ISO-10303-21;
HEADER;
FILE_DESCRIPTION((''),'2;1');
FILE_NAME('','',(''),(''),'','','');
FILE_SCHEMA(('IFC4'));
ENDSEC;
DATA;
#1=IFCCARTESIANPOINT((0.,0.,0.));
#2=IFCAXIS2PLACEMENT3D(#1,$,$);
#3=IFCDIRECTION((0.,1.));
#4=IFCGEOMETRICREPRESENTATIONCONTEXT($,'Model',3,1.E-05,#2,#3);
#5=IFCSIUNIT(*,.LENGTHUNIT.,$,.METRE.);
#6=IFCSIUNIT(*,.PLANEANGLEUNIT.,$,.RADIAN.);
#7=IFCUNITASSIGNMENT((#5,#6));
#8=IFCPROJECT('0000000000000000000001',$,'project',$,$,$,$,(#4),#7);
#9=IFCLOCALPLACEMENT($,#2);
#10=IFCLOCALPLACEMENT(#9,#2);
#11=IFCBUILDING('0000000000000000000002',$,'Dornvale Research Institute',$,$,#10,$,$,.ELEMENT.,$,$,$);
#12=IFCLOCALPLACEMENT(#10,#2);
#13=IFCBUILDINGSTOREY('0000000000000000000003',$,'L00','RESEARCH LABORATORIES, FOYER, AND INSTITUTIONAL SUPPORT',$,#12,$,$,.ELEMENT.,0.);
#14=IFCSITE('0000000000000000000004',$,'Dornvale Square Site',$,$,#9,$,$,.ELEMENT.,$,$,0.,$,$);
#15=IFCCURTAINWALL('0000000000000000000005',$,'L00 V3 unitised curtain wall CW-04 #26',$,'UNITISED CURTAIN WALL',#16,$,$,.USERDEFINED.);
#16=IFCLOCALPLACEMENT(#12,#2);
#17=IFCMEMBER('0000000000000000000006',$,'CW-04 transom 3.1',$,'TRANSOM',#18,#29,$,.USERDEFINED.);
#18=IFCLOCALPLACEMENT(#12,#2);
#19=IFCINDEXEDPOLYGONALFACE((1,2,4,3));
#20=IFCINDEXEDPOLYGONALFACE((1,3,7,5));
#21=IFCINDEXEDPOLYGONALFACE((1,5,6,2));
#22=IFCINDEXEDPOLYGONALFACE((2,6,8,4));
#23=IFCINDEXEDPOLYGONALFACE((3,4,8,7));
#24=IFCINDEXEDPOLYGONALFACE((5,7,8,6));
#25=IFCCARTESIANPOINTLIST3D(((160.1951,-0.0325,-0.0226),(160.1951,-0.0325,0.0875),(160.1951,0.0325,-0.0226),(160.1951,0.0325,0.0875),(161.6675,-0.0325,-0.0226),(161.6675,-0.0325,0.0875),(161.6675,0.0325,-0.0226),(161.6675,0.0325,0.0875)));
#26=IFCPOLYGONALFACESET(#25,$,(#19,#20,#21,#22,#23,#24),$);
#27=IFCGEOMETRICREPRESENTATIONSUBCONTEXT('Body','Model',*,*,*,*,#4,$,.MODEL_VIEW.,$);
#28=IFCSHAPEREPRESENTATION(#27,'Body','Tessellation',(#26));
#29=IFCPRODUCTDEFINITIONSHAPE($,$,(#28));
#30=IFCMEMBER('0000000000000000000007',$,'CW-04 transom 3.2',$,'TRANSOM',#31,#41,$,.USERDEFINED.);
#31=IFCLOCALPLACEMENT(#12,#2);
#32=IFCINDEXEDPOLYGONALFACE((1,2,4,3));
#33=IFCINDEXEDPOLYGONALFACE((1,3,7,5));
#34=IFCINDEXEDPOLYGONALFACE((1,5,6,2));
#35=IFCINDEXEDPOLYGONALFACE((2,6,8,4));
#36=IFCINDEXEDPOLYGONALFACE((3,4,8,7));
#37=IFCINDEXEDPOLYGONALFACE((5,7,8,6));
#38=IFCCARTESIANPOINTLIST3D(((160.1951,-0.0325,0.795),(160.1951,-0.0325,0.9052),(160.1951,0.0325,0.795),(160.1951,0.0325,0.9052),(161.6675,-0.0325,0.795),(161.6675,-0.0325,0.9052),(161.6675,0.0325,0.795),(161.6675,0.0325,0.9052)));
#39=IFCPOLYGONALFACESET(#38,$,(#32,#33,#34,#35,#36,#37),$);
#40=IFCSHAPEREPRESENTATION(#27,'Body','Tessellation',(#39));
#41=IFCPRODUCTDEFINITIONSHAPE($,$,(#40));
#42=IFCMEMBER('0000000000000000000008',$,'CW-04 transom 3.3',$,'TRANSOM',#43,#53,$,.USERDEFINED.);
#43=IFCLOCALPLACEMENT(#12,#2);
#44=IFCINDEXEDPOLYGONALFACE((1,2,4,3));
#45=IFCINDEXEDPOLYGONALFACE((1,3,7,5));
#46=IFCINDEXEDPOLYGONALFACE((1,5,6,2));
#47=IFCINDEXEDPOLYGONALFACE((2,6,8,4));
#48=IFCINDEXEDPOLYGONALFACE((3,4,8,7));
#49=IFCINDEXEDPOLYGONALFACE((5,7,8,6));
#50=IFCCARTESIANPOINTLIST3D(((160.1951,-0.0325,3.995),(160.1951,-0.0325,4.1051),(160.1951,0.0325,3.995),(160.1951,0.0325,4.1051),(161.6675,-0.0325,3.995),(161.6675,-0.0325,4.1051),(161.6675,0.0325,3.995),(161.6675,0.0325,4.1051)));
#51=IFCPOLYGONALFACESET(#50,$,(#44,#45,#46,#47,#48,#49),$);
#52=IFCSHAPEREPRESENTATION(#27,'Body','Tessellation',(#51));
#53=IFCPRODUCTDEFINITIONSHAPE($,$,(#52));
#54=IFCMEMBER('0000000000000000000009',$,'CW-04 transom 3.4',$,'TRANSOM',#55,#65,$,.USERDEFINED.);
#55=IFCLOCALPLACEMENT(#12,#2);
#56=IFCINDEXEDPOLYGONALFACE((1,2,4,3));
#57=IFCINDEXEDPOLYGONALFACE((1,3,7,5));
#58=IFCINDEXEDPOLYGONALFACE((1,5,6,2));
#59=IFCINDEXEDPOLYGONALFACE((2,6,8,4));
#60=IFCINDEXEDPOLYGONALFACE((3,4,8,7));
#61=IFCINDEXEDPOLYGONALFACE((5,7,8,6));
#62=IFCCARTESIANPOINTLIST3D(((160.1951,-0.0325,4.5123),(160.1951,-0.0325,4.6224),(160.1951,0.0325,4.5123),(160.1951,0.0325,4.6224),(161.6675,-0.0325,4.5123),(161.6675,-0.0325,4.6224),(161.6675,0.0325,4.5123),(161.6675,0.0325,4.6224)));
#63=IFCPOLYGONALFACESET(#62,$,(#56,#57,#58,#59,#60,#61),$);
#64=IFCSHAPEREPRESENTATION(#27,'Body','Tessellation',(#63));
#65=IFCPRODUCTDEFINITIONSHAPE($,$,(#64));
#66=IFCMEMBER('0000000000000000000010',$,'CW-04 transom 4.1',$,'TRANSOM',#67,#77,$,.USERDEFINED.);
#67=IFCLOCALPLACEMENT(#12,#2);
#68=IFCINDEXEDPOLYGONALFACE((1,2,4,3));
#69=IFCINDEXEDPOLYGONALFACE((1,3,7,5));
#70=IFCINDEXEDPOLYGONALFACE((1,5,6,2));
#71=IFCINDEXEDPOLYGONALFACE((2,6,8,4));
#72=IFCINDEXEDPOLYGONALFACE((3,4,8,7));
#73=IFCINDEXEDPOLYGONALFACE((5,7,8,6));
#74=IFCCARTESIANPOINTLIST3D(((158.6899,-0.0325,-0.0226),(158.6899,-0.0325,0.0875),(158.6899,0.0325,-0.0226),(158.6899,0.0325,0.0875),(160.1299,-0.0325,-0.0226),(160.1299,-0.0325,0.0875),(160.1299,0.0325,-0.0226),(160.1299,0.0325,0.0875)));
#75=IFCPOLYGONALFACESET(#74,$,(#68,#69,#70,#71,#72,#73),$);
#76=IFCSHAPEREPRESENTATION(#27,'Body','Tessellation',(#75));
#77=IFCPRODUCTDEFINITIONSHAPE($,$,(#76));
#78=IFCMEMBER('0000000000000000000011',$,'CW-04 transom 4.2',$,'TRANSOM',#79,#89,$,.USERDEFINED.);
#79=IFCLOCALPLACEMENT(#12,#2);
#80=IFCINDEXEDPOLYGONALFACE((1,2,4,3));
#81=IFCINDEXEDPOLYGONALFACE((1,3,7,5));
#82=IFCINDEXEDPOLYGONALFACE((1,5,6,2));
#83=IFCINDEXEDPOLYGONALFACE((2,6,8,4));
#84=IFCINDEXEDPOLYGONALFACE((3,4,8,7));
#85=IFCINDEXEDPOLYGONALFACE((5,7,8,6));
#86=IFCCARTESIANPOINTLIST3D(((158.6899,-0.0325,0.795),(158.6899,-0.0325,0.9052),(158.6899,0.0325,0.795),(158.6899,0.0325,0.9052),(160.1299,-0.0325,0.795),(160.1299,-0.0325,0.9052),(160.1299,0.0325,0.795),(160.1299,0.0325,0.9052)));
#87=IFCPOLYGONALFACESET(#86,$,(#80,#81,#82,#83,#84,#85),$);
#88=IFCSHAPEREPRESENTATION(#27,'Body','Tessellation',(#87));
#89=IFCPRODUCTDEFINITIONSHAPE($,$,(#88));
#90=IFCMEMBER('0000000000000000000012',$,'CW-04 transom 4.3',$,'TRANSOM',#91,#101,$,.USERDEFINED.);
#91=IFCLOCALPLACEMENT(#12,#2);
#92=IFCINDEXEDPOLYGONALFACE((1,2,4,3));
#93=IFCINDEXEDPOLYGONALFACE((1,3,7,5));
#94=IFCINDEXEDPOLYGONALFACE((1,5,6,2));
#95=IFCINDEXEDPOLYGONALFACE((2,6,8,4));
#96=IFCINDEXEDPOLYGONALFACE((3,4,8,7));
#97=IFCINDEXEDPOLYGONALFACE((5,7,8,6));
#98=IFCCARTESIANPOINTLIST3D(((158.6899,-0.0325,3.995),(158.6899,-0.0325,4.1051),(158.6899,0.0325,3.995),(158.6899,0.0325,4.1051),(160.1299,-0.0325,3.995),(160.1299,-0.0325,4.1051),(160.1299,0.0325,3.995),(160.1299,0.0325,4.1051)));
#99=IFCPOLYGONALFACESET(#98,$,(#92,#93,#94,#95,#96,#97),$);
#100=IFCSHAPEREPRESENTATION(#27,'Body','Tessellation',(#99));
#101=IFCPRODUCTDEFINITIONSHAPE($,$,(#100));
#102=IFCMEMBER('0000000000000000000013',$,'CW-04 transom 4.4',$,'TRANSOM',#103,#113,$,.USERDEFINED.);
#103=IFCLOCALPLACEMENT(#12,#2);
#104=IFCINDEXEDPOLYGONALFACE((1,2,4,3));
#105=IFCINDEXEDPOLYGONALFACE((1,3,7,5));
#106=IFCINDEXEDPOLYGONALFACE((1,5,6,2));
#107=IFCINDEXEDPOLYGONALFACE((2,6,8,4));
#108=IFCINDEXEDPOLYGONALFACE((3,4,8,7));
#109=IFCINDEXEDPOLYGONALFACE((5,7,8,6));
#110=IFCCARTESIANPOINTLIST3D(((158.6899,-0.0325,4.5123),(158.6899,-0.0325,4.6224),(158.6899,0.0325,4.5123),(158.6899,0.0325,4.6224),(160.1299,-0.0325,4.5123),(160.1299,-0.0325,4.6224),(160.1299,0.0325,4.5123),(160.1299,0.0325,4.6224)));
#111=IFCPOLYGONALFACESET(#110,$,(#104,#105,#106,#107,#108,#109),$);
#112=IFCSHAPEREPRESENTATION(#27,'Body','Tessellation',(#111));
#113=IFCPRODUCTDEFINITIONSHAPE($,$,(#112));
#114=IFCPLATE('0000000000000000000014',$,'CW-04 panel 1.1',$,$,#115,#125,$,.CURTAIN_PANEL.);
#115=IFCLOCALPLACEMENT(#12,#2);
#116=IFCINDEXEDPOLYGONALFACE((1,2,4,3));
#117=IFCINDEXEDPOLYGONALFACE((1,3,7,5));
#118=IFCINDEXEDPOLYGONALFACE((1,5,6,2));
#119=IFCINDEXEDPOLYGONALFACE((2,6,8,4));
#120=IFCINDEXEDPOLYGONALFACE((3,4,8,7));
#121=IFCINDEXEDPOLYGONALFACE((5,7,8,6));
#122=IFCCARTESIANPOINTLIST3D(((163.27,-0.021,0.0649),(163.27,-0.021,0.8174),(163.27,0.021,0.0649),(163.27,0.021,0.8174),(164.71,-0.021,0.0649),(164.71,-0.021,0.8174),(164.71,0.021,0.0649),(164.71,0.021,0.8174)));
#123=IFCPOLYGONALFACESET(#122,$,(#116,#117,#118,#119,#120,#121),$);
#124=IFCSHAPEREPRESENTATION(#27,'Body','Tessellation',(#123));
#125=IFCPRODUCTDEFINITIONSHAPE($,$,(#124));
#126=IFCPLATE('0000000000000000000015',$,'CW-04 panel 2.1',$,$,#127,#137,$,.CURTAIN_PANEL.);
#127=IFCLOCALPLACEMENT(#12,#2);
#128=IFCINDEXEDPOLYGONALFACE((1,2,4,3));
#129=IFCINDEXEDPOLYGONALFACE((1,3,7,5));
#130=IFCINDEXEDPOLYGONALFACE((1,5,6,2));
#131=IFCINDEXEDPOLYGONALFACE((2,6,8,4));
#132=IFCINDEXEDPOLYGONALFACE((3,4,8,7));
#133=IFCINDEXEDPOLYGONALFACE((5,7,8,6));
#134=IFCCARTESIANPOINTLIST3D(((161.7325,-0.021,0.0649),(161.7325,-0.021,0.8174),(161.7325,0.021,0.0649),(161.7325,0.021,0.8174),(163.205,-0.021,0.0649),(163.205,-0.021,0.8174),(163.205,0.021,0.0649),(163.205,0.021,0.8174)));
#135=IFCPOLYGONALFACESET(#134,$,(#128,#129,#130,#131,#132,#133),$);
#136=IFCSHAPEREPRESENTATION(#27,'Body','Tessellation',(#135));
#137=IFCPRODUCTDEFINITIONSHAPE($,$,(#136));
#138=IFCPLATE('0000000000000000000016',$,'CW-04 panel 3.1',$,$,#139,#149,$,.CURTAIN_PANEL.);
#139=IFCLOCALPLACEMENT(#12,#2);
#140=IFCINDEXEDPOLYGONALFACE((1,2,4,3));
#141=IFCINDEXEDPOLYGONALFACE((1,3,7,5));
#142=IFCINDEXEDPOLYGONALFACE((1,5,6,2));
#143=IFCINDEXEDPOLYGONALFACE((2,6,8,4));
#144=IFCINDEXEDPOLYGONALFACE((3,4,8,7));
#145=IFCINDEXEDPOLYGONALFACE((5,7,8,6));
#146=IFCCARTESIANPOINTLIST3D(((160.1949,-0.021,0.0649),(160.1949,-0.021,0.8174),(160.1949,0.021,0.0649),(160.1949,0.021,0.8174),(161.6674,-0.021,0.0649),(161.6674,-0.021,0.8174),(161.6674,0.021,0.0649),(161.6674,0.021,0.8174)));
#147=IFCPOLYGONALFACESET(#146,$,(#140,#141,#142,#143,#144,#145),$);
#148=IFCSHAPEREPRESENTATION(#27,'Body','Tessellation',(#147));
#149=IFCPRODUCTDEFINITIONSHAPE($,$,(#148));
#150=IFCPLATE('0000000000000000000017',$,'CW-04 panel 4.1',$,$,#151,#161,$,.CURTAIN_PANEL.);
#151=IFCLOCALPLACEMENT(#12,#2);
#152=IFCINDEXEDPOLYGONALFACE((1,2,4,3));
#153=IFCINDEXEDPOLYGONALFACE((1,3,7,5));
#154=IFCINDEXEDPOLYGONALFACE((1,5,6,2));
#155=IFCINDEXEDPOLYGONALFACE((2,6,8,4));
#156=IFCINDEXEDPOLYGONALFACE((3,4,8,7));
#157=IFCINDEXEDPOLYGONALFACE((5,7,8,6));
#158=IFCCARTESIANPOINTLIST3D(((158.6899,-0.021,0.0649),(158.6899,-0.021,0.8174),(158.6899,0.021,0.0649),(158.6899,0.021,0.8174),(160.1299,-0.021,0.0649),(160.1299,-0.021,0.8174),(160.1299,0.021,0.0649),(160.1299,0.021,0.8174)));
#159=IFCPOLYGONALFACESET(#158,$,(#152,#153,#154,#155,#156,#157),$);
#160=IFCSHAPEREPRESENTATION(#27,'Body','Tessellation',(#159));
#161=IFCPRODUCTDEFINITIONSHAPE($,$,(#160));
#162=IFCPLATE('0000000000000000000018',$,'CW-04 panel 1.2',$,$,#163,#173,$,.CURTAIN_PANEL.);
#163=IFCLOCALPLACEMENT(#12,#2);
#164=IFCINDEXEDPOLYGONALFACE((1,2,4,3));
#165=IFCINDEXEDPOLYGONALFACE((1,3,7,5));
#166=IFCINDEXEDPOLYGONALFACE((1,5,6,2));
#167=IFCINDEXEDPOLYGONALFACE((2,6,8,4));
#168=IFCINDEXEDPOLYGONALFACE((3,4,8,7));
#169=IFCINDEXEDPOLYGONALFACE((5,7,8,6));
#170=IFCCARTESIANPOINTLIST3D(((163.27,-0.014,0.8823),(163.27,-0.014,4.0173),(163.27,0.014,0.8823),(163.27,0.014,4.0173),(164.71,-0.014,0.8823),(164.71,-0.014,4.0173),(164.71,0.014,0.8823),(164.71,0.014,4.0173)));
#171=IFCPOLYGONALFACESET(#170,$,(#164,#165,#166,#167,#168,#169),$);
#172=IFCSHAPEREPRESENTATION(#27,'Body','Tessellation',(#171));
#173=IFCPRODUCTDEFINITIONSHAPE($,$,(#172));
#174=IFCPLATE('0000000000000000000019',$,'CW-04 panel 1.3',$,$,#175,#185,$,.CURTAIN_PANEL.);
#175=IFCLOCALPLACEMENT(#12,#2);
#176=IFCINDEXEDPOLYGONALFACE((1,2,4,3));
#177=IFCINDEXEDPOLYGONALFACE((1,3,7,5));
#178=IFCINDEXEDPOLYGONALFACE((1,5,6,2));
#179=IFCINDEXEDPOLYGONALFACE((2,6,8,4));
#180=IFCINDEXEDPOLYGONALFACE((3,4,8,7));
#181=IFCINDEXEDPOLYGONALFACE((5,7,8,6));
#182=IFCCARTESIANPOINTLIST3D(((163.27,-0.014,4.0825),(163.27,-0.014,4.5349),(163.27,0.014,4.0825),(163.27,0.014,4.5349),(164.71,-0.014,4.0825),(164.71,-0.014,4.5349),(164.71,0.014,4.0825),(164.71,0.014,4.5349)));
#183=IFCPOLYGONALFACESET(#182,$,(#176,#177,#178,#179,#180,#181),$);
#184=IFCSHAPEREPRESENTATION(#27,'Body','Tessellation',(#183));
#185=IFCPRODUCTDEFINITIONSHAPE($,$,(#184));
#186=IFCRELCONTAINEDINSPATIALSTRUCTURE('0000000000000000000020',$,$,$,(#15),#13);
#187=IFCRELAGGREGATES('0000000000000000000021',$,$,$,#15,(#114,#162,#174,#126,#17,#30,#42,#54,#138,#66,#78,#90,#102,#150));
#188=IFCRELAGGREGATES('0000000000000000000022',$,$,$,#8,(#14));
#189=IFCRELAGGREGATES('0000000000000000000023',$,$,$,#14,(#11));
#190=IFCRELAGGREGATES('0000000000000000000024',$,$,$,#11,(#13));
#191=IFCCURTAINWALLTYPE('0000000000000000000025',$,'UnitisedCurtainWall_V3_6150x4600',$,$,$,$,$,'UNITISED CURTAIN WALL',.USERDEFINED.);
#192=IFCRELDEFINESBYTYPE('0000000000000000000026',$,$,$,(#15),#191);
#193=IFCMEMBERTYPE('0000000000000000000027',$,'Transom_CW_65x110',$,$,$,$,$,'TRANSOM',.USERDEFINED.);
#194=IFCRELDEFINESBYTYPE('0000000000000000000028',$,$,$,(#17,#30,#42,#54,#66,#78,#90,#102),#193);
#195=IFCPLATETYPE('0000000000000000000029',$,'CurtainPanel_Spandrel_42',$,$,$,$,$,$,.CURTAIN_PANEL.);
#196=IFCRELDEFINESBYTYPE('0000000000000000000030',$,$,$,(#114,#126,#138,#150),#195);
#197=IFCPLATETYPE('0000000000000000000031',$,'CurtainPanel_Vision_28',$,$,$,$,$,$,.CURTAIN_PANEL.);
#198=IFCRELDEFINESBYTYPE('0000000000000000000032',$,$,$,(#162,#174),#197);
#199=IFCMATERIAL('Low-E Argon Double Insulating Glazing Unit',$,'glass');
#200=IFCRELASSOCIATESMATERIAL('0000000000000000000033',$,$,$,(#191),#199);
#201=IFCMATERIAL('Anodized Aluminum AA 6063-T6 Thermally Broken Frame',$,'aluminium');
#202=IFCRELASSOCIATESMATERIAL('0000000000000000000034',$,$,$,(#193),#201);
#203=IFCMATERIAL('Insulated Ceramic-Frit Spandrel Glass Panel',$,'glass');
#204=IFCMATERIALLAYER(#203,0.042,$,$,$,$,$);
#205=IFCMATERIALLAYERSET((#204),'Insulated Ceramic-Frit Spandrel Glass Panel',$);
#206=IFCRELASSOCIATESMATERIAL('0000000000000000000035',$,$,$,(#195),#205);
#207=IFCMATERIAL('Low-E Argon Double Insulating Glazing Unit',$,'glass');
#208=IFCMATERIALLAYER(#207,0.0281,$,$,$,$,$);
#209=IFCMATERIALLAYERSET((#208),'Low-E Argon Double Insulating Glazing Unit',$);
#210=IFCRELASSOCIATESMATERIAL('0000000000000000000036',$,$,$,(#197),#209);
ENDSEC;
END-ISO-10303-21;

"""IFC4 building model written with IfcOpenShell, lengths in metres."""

from ifc_helpers import new_model, si_unit, direction, frame, origin, origin_2d, place, context, subcontext, project, spatial, rectangle, extrude, material, layer, layer_set, material_profile, profile_set, type_object, element, aggregate, save


model = new_model("IFC4")

# Units and contexts
model_context = context("Model", 3, precision=1e-05, world=origin(), true_north=direction((0.0, 1.0)))
body_context = subcontext(model_context, "Body", "Model", "MODEL_VIEW")
ifc_project = project(units=[si_unit("LENGTHUNIT", "METRE"), si_unit("PLANEANGLEUNIT", "RADIAN")], contexts=[model_context])

# Site, building, storey
site_placement = place(None, origin())
site = spatial("IfcSite", under=ifc_project, at=site_placement, Name="Dornvale Square Site", CompositionType="ELEMENT", RefElevation=0.0)
building_placement = place(site_placement, origin())
building = spatial("IfcBuilding", under=site, at=building_placement, Name="Dornvale Research Institute", CompositionType="ELEMENT")
storey_placement = place(building_placement, origin())
storey = spatial("IfcBuildingStorey", under=building, at=storey_placement, Name="L00", Description="RESEARCH LABORATORIES, FOYER, AND INSTITUTIONAL SUPPORT", CompositionType="ELEMENT", Elevation=0.0)

# Curtain wall, members, plates
ifc_material_1 = material(Name="Low-E Argon Double Insulating Glazing Unit", Category="glass")
curtain_wall_type = type_object("IfcCurtainWallType", Name="UnitisedCurtainWall_V3_6150x4600", ElementType="UNITISED CURTAIN WALL", PredefinedType="USERDEFINED", material=ifc_material_1)
curtain_wall_placement = place(storey_placement, origin())
curtain_wall = element("IfcCurtainWall", 1, at=curtain_wall_placement, inside=storey, type_object=curtain_wall_type, Name="L00 V3 unitised curtain wall CW-04 #26", ObjectType="UNITISED CURTAIN WALL", PredefinedType="USERDEFINED")
ifc_material_2 = material(Name="Anodized Aluminum AA 6063-T6 Thermally Broken Frame", Category="aluminium")
ifc_material_profile_1 = material_profile(ifc_material_2, rectangle(XDim=0.0649, YDim=0.1101, at=origin_2d()), Name="ALU TRANSOM 65x110")
ifc_profile_set_1 = profile_set([ifc_material_profile_1], Name="Anodized Aluminum AA 6063-T6 Thermally Broken Frame")
member_type_1 = type_object("IfcMemberType", Name="Transom_CW_65x110", ElementType="TRANSOM", PredefinedType="USERDEFINED", material=ifc_profile_set_1)
member_1_placement = place(storey_placement, frame((161.6675, 0.0, 0.0325), z_axis=(-1.0, 0.0, 0.0), x_axis=(0.0, -1.0, 0.0)))
member_1 = element("IfcMember", 2, at=member_1_placement, type_object=member_type_1, Name="CW-04 transom 3.1", ObjectType="TRANSOM", PredefinedType="USERDEFINED", context=body_context, shape_type="SweptSolid", body=[
    extrude(rectangle(XDim=0.0649, YDim=0.1101, at=origin_2d()), origin(), (0.0, 0.0, 1.0), 1.4724),
])
member_2_placement = place(storey_placement, frame((161.6675, 0.0, 0.8501), z_axis=(-1.0, 0.0, 0.0), x_axis=(0.0, -1.0, 0.0)))
member_2 = element("IfcMember", 3, at=member_2_placement, type_object=member_type_1, Name="CW-04 transom 3.2", ObjectType="TRANSOM", PredefinedType="USERDEFINED", context=body_context, shape_type="SweptSolid", body=[
    extrude(rectangle(XDim=0.0649, YDim=0.1101, at=origin_2d()), origin(), (0.0, 0.0, 1.0), 1.4724),
])
member_3_placement = place(storey_placement, frame((161.6675, 0.0, 4.05), z_axis=(-1.0, 0.0, 0.0), x_axis=(0.0, -1.0, 0.0)))
member_3 = element("IfcMember", 4, at=member_3_placement, type_object=member_type_1, Name="CW-04 transom 3.3", ObjectType="TRANSOM", PredefinedType="USERDEFINED", context=body_context, shape_type="SweptSolid", body=[
    extrude(rectangle(XDim=0.0649, YDim=0.1101, at=origin_2d()), origin(), (0.0, 0.0, 1.0), 1.4724),
])
member_4_placement = place(storey_placement, frame((161.6675, 0.0, 4.5674), z_axis=(-1.0, 0.0, 0.0), x_axis=(0.0, -1.0, 0.0)))
member_4 = element("IfcMember", 5, at=member_4_placement, type_object=member_type_1, Name="CW-04 transom 3.4", ObjectType="TRANSOM", PredefinedType="USERDEFINED", context=body_context, shape_type="SweptSolid", body=[
    extrude(rectangle(XDim=0.0649, YDim=0.1101, at=origin_2d()), origin(), (0.0, 0.0, 1.0), 1.4724),
])
member_5_placement = place(storey_placement, frame((160.1299, 0.0, 0.0325), z_axis=(-1.0, 0.0, 0.0), x_axis=(0.0, -1.0, 0.0)))
member_5 = element("IfcMember", 6, at=member_5_placement, type_object=member_type_1, Name="CW-04 transom 4.1", ObjectType="TRANSOM", PredefinedType="USERDEFINED", context=body_context, shape_type="SweptSolid", body=[
    extrude(rectangle(XDim=0.0649, YDim=0.1101, at=origin_2d()), origin(), (0.0, 0.0, 1.0), 1.4399),
])
member_6_placement = place(storey_placement, frame((160.1299, 0.0, 0.8501), z_axis=(-1.0, 0.0, 0.0), x_axis=(0.0, -1.0, 0.0)))
member_6 = element("IfcMember", 7, at=member_6_placement, type_object=member_type_1, Name="CW-04 transom 4.2", ObjectType="TRANSOM", PredefinedType="USERDEFINED", context=body_context, shape_type="SweptSolid", body=[
    extrude(rectangle(XDim=0.0649, YDim=0.1101, at=origin_2d()), origin(), (0.0, 0.0, 1.0), 1.4399),
])
member_7_placement = place(storey_placement, frame((160.1299, 0.0, 4.05), z_axis=(-1.0, 0.0, 0.0), x_axis=(0.0, -1.0, 0.0)))
member_7 = element("IfcMember", 8, at=member_7_placement, type_object=member_type_1, Name="CW-04 transom 4.3", ObjectType="TRANSOM", PredefinedType="USERDEFINED", context=body_context, shape_type="SweptSolid", body=[
    extrude(rectangle(XDim=0.0649, YDim=0.1101, at=origin_2d()), origin(), (0.0, 0.0, 1.0), 1.4399),
])
member_8_placement = place(storey_placement, frame((160.1299, 0.0, 4.5674), z_axis=(-1.0, 0.0, 0.0), x_axis=(0.0, -1.0, 0.0)))
member_8 = element("IfcMember", 9, at=member_8_placement, type_object=member_type_1, Name="CW-04 transom 4.4", ObjectType="TRANSOM", PredefinedType="USERDEFINED", context=body_context, shape_type="SweptSolid", body=[
    extrude(rectangle(XDim=0.0649, YDim=0.1101, at=origin_2d()), origin(), (0.0, 0.0, 1.0), 1.4399),
])
ifc_material_3 = material(Name="Insulated Ceramic-Frit Spandrel Glass Panel", Category="glass")
ifc_layer_1 = layer(ifc_material_3, 0.042)
ifc_layer_set_1 = layer_set([ifc_layer_1], Name="Insulated Ceramic-Frit Spandrel Glass Panel")
plate_type_1 = type_object("IfcPlateType", Name="CurtainPanel_Spandrel_42", PredefinedType="CURTAIN_PANEL", material=ifc_layer_set_1)
plate_1_placement = place(storey_placement, frame((163.99, 0.0, 0.0649), z_axis=(0.0, 0.0, 1.0), x_axis=(-1.0, 0.0, 0.0)))
plate_1 = element("IfcPlate", 10, at=plate_1_placement, type_object=plate_type_1, Name="CW-04 panel 1.1", PredefinedType="CURTAIN_PANEL", context=body_context, shape_type="SweptSolid", body=[
    extrude(rectangle(XDim=1.4399, YDim=0.042, at=origin_2d()), origin(), (0.0, 0.0, 1.0), 0.7524),
])
plate_2_placement = place(storey_placement, frame((162.4688, 0.0, 0.0649), z_axis=(0.0, 0.0, 1.0), x_axis=(-1.0, 0.0, 0.0)))
plate_2 = element("IfcPlate", 11, at=plate_2_placement, type_object=plate_type_1, Name="CW-04 panel 2.1", PredefinedType="CURTAIN_PANEL", context=body_context, shape_type="SweptSolid", body=[
    extrude(rectangle(XDim=1.4724, YDim=0.042, at=origin_2d()), origin(), (0.0, 0.0, 1.0), 0.7524),
])
plate_3_placement = place(storey_placement, frame((160.9312, 0.0, 0.0649), z_axis=(0.0, 0.0, 1.0), x_axis=(-1.0, 0.0, 0.0)))
plate_3 = element("IfcPlate", 12, at=plate_3_placement, type_object=plate_type_1, Name="CW-04 panel 3.1", PredefinedType="CURTAIN_PANEL", context=body_context, shape_type="SweptSolid", body=[
    extrude(rectangle(XDim=1.4724, YDim=0.042, at=origin_2d()), origin(), (0.0, 0.0, 1.0), 0.7524),
])
plate_4_placement = place(storey_placement, frame((159.4099, 0.0, 0.0649), z_axis=(0.0, 0.0, 1.0), x_axis=(-1.0, 0.0, 0.0)))
plate_4 = element("IfcPlate", 13, at=plate_4_placement, type_object=plate_type_1, Name="CW-04 panel 4.1", PredefinedType="CURTAIN_PANEL", context=body_context, shape_type="SweptSolid", body=[
    extrude(rectangle(XDim=1.4399, YDim=0.042, at=origin_2d()), origin(), (0.0, 0.0, 1.0), 0.7524),
])
ifc_material_4 = material(Name="Low-E Argon Double Insulating Glazing Unit", Category="glass")
ifc_layer_2 = layer(ifc_material_4, 0.0281)
ifc_layer_set_2 = layer_set([ifc_layer_2], Name="Low-E Argon Double Insulating Glazing Unit")
plate_type_2 = type_object("IfcPlateType", Name="CurtainPanel_Vision_28", PredefinedType="CURTAIN_PANEL", material=ifc_layer_set_2)
plate_5_placement = place(storey_placement, frame((163.99, 0.0, 0.8823), z_axis=(0.0, 0.0, 1.0), x_axis=(-1.0, 0.0, 0.0)))
plate_5 = element("IfcPlate", 14, at=plate_5_placement, type_object=plate_type_2, Name="CW-04 panel 1.2", PredefinedType="CURTAIN_PANEL", context=body_context, shape_type="SweptSolid", body=[
    extrude(rectangle(XDim=1.4399, YDim=0.0281, at=origin_2d()), origin(), (0.0, 0.0, 1.0), 3.135),
])
plate_6_placement = place(storey_placement, frame((163.99, 0.0, 4.0825), z_axis=(0.0, 0.0, 1.0), x_axis=(-1.0, 0.0, 0.0)))
plate_6 = element("IfcPlate", 15, at=plate_6_placement, type_object=plate_type_2, Name="CW-04 panel 1.3", PredefinedType="CURTAIN_PANEL", context=body_context, shape_type="SweptSolid", body=[
    extrude(rectangle(XDim=1.4399, YDim=0.0281, at=origin_2d()), origin(), (0.0, 0.0, 1.0), 0.4524),
])
aggregate(curtain_wall, [plate_1, plate_5, plate_6, plate_2, member_1, member_2, member_3, member_4, plate_3, member_5, member_6, member_7, member_8, plate_4])

save(model, "model.ifc")
